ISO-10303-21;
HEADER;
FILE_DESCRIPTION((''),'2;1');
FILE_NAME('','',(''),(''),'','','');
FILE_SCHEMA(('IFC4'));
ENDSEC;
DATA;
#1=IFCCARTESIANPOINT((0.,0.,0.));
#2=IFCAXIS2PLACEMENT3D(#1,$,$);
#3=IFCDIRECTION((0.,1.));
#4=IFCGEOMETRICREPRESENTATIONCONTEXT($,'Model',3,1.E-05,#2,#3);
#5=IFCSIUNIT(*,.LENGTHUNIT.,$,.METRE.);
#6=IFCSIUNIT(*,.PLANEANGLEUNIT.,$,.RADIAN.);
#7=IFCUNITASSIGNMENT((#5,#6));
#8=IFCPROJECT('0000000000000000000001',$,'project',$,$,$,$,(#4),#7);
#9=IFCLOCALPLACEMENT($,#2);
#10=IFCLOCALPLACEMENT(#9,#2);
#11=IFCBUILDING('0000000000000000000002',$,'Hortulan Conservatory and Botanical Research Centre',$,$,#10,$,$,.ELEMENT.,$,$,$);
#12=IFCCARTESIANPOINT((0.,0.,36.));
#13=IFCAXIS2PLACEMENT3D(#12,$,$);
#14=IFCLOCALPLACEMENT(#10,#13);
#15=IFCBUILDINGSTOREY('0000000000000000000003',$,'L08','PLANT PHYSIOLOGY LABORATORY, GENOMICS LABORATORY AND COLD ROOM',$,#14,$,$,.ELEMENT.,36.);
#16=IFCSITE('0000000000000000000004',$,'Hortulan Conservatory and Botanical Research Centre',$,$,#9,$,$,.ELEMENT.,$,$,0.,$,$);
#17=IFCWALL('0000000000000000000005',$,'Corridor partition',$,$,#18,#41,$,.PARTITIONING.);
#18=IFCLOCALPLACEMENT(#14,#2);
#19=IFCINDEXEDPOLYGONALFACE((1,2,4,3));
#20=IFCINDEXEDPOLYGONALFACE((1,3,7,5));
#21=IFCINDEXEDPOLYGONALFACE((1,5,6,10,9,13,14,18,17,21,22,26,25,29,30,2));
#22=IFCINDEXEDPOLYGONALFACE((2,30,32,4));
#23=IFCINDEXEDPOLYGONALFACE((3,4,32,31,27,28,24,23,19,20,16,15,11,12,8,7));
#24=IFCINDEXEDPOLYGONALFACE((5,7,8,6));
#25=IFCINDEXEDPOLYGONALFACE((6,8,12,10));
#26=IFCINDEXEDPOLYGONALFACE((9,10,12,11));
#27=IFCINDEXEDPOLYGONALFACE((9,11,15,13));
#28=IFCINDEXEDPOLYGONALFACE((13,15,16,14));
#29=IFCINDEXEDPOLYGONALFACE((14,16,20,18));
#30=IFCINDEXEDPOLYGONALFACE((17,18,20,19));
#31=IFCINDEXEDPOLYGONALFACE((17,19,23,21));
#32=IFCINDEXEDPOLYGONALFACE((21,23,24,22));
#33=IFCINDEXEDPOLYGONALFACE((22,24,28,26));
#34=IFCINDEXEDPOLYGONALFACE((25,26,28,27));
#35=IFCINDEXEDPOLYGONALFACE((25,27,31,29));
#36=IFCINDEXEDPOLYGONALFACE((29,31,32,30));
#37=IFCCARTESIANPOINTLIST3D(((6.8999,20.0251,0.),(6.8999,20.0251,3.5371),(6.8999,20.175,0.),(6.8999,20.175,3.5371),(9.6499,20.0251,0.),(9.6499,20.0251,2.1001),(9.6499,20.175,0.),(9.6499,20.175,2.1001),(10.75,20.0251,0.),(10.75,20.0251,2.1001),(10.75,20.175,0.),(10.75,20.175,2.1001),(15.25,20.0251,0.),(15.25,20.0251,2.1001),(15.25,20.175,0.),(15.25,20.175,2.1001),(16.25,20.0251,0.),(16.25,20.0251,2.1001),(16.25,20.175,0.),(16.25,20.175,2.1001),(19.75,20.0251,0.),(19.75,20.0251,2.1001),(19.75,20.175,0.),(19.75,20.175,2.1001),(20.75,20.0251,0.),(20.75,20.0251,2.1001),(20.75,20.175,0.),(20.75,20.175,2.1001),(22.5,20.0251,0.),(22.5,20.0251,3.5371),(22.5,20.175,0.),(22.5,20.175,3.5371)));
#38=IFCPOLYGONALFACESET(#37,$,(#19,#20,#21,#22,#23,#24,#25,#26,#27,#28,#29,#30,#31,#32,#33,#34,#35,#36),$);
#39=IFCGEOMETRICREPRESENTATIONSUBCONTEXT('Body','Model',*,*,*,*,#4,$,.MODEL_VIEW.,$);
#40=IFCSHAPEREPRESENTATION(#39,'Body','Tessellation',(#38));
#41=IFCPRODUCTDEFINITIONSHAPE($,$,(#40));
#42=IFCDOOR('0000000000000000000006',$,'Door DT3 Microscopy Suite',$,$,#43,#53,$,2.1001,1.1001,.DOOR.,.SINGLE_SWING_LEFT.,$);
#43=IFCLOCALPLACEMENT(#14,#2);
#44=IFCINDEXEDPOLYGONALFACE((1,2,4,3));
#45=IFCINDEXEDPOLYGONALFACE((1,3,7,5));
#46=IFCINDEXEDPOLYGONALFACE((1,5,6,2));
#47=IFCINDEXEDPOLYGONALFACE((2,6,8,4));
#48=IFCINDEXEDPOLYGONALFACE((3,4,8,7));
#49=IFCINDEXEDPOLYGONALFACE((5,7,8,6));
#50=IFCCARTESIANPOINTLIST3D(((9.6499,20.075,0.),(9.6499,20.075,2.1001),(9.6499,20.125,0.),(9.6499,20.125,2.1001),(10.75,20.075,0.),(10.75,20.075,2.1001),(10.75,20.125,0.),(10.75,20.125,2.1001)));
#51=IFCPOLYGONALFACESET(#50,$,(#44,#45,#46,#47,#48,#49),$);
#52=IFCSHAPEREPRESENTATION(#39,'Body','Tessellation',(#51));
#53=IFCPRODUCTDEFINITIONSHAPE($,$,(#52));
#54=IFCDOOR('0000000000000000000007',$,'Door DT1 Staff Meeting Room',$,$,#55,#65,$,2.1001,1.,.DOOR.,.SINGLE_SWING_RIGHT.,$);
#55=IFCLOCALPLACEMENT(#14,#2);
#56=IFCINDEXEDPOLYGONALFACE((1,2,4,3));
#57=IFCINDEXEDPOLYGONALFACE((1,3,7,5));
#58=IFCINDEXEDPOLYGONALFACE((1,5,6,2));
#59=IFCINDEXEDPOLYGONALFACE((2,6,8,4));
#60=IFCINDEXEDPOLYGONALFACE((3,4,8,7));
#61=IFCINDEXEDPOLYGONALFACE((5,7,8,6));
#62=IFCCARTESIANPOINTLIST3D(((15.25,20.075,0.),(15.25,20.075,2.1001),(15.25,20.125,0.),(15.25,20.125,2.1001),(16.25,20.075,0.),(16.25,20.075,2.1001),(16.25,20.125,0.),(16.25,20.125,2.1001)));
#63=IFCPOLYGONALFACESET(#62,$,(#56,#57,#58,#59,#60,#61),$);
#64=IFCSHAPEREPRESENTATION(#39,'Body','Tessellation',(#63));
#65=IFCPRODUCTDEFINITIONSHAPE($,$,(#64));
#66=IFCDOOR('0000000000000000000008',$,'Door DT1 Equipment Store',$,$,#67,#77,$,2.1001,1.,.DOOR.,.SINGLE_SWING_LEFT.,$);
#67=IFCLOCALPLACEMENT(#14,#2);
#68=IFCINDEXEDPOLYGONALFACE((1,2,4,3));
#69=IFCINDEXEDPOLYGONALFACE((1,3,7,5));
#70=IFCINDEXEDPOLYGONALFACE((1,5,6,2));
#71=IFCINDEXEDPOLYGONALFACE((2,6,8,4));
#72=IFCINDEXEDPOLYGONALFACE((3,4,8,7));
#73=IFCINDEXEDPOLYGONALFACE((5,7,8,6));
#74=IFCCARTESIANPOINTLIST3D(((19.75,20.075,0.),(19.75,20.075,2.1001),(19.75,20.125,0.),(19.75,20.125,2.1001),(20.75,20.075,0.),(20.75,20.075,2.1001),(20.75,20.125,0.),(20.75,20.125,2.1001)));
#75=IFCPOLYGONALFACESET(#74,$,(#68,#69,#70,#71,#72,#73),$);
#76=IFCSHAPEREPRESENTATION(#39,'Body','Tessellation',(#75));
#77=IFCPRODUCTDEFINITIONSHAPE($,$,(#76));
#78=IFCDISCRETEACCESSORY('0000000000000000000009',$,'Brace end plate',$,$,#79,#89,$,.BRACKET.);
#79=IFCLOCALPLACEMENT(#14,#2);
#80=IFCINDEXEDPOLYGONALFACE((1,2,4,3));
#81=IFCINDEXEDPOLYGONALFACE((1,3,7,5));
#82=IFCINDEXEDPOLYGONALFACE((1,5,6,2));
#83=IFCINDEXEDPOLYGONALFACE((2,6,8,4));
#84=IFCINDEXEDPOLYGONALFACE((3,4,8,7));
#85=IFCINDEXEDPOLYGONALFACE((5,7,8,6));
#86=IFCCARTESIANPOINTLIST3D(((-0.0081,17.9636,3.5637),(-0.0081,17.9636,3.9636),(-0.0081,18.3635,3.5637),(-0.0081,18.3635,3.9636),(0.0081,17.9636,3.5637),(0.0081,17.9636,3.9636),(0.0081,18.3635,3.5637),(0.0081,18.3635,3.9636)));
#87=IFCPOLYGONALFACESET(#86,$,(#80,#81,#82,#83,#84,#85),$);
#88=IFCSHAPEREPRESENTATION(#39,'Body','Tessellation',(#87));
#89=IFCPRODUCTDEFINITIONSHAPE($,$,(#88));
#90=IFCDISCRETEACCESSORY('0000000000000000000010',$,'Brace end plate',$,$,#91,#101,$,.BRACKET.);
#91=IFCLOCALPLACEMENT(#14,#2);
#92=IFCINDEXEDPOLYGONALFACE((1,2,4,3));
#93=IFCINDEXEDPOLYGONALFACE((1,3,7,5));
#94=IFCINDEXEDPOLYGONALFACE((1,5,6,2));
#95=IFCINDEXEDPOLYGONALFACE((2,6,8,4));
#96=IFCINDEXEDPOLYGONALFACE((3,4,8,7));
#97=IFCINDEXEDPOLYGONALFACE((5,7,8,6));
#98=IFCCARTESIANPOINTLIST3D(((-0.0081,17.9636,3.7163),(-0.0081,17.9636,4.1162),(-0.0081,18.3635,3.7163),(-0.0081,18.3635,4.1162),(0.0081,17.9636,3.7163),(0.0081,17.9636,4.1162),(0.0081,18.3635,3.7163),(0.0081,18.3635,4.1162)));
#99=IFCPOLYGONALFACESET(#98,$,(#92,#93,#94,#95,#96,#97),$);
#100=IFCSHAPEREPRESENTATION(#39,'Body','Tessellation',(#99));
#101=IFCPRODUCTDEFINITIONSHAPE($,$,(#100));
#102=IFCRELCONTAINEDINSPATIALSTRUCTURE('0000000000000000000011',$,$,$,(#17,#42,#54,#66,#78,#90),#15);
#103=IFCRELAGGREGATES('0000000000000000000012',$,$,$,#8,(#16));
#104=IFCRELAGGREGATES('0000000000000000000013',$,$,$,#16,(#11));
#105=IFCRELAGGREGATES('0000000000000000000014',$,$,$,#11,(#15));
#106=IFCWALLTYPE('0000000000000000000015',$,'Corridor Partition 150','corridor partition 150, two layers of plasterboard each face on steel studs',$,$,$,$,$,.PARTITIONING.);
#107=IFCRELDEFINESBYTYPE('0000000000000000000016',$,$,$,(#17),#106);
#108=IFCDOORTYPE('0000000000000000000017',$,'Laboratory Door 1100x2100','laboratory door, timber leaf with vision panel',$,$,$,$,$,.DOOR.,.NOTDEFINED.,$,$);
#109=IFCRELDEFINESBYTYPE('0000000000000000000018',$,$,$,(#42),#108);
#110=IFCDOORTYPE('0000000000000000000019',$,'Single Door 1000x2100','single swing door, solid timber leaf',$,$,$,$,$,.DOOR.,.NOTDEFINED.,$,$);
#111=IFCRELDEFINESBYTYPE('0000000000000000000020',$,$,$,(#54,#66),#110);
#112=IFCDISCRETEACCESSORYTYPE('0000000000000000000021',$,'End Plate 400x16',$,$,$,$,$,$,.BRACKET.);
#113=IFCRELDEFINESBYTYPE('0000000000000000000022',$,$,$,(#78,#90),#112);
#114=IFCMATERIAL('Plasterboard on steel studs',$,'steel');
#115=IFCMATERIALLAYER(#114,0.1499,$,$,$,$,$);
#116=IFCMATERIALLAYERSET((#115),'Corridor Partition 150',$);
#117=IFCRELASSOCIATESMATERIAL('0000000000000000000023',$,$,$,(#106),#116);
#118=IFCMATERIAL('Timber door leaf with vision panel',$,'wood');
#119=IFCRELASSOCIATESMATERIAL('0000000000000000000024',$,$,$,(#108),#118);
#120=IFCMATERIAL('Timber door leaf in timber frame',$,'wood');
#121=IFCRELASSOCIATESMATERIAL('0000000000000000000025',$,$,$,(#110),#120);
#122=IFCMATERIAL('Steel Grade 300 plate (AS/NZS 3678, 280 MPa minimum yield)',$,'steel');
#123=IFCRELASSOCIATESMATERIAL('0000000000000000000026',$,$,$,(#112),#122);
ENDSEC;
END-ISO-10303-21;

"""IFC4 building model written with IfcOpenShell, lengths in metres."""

from ifc_helpers import new_model, si_unit, direction, frame, frame_2d, origin, origin_2d, place, context, subcontext, project, spatial, rectangle, extrude, material, layer, layer_set, type_object, element, fill, save


model = new_model("IFC4")

# Units and contexts
model_context = context("Model", 3, precision=1e-05, world=origin(), true_north=direction((0.0, 1.0)))
body_context = subcontext(model_context, "Body", "Model", "MODEL_VIEW")
ifc_project = project(units=[si_unit("LENGTHUNIT", "METRE"), si_unit("PLANEANGLEUNIT", "RADIAN")], contexts=[model_context])

# Site, building, storey
site_placement = place(None, origin())
site = spatial("IfcSite", under=ifc_project, at=site_placement, Name="Hortulan Conservatory and Botanical Research Centre", CompositionType="ELEMENT", RefElevation=0.0)
building_placement = place(site_placement, origin())
building = spatial("IfcBuilding", under=site, at=building_placement, Name="Hortulan Conservatory and Botanical Research Centre", CompositionType="ELEMENT")
storey_placement = place(building_placement, frame((0.0, 0.0, 36.0)))
storey = spatial("IfcBuildingStorey", under=building, at=storey_placement, Name="L08", Description="PLANT PHYSIOLOGY LABORATORY, GENOMICS LABORATORY AND COLD ROOM", CompositionType="ELEMENT", Elevation=36.0)

# Wall, openings, doors
ifc_material_1 = material(Name="Plasterboard on steel studs", Category="steel")
ifc_layer_1 = layer(ifc_material_1, 0.1499)
ifc_layer_set_1 = layer_set([ifc_layer_1], Name="Corridor Partition 150")
wall_type_1 = type_object("IfcWallType", Name="Corridor Partition 150", Description="corridor partition 150, two layers of plasterboard each face on steel studs", PredefinedType="PARTITIONING", material=ifc_layer_set_1)
wall_1_placement = place(storey_placement, frame((6.8999, 20.1001, 0.0), z_axis=(0.0, 0.0, 1.0), x_axis=(1.0, 0.0, 0.0)))
wall_1 = element("IfcWall", 1, at=wall_1_placement, inside=storey, type_object=wall_type_1, Name="Corridor partition", PredefinedType="PARTITIONING", context=body_context, shape_type="SweptSolid", body=[
    extrude(rectangle(XDim=15.6001, YDim=0.1499, at=frame_2d((7.8, 0.0))), origin(), (0.0, 0.0, 1.0), 3.5371),
])
opening_1_placement = place(wall_1_placement, frame((2.75, 0.0, 0.0)))
opening_1 = element("IfcOpeningElement", 2, at=opening_1_placement, cuts=wall_1, PredefinedType="OPENING", context=body_context, shape_type="SweptSolid", body=[
    extrude(rectangle(XDim=1.1001, YDim=2.1001, at=frame_2d((0.55, 1.05))), frame((0.0, 0.085, 0.0), z_axis=(0.0, -1.0, 0.0), x_axis=(1.0, 0.0, 0.0)), (0.0, 0.0, 1.0), 0.1699),
])
opening_2_placement = place(wall_1_placement, frame((8.3501, 0.0, 0.0)))
opening_2 = element("IfcOpeningElement", 3, at=opening_2_placement, cuts=wall_1, PredefinedType="OPENING", context=body_context, shape_type="SweptSolid", body=[
    extrude(rectangle(XDim=1.0, YDim=2.1001, at=frame_2d((0.5, 1.05))), frame((0.0, 0.085, 0.0), z_axis=(0.0, -1.0, 0.0), x_axis=(1.0, 0.0, 0.0)), (0.0, 0.0, 1.0), 0.1699),
])
opening_3_placement = place(wall_1_placement, frame((12.8501, 0.0, 0.0)))
opening_3 = element("IfcOpeningElement", 4, at=opening_3_placement, cuts=wall_1, PredefinedType="OPENING", context=body_context, shape_type="SweptSolid", body=[
    extrude(rectangle(XDim=1.0, YDim=2.1001, at=frame_2d((0.5, 1.05))), frame((0.0, 0.085, 0.0), z_axis=(0.0, -1.0, 0.0), x_axis=(1.0, 0.0, 0.0)), (0.0, 0.0, 1.0), 0.1699),
])
ifc_material_2 = material(Name="Timber door leaf with vision panel", Category="wood")
door_type_1 = type_object("IfcDoorType", Name="Laboratory Door 1100x2100", Description="laboratory door, timber leaf with vision panel", OperationType="NOTDEFINED", PredefinedType="DOOR", material=ifc_material_2)
door_1_placement = place(opening_1_placement, origin())
door_1 = element("IfcDoor", 5, at=door_1_placement, inside=storey, type_object=door_type_1, Name="Door DT3 Microscopy Suite", OperationType="SINGLE_SWING_LEFT", OverallHeight=2.1001, OverallWidth=1.1001, PredefinedType="DOOR", context=body_context, shape_type="SweptSolid", body=[
    extrude(rectangle(XDim=1.1001, YDim=2.1001, at=frame_2d((0.55, 1.05))), frame((0.0, 0.0249, 0.0), z_axis=(0.0, -1.0, 0.0), x_axis=(1.0, 0.0, 0.0)), (0.0, 0.0, 1.0), 0.05),
])
fill(opening_1, door_1)
ifc_material_3 = material(Name="Timber door leaf in timber frame", Category="wood")
door_type_2 = type_object("IfcDoorType", Name="Single Door 1000x2100", Description="single swing door, solid timber leaf", OperationType="NOTDEFINED", PredefinedType="DOOR", material=ifc_material_3)
door_2_placement = place(opening_2_placement, origin())
door_2 = element("IfcDoor", 6, at=door_2_placement, inside=storey, type_object=door_type_2, Name="Door DT1 Staff Meeting Room", OperationType="SINGLE_SWING_RIGHT", OverallHeight=2.1001, OverallWidth=1.0, PredefinedType="DOOR", context=body_context, shape_type="SweptSolid", body=[
    extrude(rectangle(XDim=1.0, YDim=2.1001, at=frame_2d((0.5, 1.05))), frame((0.0, 0.0249, 0.0), z_axis=(0.0, -1.0, 0.0), x_axis=(1.0, 0.0, 0.0)), (0.0, 0.0, 1.0), 0.05),
])
fill(opening_2, door_2)
door_3_placement = place(opening_3_placement, origin())
door_3 = element("IfcDoor", 7, at=door_3_placement, inside=storey, type_object=door_type_2, Name="Door DT1 Equipment Store", OperationType="SINGLE_SWING_LEFT", OverallHeight=2.1001, OverallWidth=1.0, PredefinedType="DOOR", context=body_context, shape_type="SweptSolid", body=[
    extrude(rectangle(XDim=1.0, YDim=2.1001, at=frame_2d((0.5, 1.05))), frame((0.0, 0.0249, 0.0), z_axis=(0.0, -1.0, 0.0), x_axis=(1.0, 0.0, 0.0)), (0.0, 0.0, 1.0), 0.05),
])
fill(opening_3, door_3)

# Discrete accessories
ifc_material_4 = material(Name="Steel Grade 300 plate (AS/NZS 3678, 280 MPa minimum yield)", Category="steel")
discrete_accessory_type = type_object("IfcDiscreteAccessoryType", Name="End Plate 400x16", PredefinedType="BRACKET", material=ifc_material_4)
for number, where, z_axis, x_axis, name in (
    (8, (0.0, 18.1636, 3.5637), (0.0, 0.0, 1.0), (0.0, -1.0, 0.0), "Brace end plate"),
    (9, (0.0, 18.1636, 3.7163), (0.0, 0.0, 1.0), (0.0, -1.0, 0.0), "Brace end plate"),
):
    element("IfcDiscreteAccessory", number, at=place(storey_placement, frame(where, z_axis=z_axis, x_axis=x_axis)), inside=storey, type_object=discrete_accessory_type, Name=name, PredefinedType="BRACKET", context=body_context, shape_type="SweptSolid", body=[
        extrude(rectangle(XDim=0.3999, YDim=0.0161, at=origin_2d()), origin(), (0.0, 0.0, 1.0), 0.3999),
    ])

save(model, "model.ifc")
